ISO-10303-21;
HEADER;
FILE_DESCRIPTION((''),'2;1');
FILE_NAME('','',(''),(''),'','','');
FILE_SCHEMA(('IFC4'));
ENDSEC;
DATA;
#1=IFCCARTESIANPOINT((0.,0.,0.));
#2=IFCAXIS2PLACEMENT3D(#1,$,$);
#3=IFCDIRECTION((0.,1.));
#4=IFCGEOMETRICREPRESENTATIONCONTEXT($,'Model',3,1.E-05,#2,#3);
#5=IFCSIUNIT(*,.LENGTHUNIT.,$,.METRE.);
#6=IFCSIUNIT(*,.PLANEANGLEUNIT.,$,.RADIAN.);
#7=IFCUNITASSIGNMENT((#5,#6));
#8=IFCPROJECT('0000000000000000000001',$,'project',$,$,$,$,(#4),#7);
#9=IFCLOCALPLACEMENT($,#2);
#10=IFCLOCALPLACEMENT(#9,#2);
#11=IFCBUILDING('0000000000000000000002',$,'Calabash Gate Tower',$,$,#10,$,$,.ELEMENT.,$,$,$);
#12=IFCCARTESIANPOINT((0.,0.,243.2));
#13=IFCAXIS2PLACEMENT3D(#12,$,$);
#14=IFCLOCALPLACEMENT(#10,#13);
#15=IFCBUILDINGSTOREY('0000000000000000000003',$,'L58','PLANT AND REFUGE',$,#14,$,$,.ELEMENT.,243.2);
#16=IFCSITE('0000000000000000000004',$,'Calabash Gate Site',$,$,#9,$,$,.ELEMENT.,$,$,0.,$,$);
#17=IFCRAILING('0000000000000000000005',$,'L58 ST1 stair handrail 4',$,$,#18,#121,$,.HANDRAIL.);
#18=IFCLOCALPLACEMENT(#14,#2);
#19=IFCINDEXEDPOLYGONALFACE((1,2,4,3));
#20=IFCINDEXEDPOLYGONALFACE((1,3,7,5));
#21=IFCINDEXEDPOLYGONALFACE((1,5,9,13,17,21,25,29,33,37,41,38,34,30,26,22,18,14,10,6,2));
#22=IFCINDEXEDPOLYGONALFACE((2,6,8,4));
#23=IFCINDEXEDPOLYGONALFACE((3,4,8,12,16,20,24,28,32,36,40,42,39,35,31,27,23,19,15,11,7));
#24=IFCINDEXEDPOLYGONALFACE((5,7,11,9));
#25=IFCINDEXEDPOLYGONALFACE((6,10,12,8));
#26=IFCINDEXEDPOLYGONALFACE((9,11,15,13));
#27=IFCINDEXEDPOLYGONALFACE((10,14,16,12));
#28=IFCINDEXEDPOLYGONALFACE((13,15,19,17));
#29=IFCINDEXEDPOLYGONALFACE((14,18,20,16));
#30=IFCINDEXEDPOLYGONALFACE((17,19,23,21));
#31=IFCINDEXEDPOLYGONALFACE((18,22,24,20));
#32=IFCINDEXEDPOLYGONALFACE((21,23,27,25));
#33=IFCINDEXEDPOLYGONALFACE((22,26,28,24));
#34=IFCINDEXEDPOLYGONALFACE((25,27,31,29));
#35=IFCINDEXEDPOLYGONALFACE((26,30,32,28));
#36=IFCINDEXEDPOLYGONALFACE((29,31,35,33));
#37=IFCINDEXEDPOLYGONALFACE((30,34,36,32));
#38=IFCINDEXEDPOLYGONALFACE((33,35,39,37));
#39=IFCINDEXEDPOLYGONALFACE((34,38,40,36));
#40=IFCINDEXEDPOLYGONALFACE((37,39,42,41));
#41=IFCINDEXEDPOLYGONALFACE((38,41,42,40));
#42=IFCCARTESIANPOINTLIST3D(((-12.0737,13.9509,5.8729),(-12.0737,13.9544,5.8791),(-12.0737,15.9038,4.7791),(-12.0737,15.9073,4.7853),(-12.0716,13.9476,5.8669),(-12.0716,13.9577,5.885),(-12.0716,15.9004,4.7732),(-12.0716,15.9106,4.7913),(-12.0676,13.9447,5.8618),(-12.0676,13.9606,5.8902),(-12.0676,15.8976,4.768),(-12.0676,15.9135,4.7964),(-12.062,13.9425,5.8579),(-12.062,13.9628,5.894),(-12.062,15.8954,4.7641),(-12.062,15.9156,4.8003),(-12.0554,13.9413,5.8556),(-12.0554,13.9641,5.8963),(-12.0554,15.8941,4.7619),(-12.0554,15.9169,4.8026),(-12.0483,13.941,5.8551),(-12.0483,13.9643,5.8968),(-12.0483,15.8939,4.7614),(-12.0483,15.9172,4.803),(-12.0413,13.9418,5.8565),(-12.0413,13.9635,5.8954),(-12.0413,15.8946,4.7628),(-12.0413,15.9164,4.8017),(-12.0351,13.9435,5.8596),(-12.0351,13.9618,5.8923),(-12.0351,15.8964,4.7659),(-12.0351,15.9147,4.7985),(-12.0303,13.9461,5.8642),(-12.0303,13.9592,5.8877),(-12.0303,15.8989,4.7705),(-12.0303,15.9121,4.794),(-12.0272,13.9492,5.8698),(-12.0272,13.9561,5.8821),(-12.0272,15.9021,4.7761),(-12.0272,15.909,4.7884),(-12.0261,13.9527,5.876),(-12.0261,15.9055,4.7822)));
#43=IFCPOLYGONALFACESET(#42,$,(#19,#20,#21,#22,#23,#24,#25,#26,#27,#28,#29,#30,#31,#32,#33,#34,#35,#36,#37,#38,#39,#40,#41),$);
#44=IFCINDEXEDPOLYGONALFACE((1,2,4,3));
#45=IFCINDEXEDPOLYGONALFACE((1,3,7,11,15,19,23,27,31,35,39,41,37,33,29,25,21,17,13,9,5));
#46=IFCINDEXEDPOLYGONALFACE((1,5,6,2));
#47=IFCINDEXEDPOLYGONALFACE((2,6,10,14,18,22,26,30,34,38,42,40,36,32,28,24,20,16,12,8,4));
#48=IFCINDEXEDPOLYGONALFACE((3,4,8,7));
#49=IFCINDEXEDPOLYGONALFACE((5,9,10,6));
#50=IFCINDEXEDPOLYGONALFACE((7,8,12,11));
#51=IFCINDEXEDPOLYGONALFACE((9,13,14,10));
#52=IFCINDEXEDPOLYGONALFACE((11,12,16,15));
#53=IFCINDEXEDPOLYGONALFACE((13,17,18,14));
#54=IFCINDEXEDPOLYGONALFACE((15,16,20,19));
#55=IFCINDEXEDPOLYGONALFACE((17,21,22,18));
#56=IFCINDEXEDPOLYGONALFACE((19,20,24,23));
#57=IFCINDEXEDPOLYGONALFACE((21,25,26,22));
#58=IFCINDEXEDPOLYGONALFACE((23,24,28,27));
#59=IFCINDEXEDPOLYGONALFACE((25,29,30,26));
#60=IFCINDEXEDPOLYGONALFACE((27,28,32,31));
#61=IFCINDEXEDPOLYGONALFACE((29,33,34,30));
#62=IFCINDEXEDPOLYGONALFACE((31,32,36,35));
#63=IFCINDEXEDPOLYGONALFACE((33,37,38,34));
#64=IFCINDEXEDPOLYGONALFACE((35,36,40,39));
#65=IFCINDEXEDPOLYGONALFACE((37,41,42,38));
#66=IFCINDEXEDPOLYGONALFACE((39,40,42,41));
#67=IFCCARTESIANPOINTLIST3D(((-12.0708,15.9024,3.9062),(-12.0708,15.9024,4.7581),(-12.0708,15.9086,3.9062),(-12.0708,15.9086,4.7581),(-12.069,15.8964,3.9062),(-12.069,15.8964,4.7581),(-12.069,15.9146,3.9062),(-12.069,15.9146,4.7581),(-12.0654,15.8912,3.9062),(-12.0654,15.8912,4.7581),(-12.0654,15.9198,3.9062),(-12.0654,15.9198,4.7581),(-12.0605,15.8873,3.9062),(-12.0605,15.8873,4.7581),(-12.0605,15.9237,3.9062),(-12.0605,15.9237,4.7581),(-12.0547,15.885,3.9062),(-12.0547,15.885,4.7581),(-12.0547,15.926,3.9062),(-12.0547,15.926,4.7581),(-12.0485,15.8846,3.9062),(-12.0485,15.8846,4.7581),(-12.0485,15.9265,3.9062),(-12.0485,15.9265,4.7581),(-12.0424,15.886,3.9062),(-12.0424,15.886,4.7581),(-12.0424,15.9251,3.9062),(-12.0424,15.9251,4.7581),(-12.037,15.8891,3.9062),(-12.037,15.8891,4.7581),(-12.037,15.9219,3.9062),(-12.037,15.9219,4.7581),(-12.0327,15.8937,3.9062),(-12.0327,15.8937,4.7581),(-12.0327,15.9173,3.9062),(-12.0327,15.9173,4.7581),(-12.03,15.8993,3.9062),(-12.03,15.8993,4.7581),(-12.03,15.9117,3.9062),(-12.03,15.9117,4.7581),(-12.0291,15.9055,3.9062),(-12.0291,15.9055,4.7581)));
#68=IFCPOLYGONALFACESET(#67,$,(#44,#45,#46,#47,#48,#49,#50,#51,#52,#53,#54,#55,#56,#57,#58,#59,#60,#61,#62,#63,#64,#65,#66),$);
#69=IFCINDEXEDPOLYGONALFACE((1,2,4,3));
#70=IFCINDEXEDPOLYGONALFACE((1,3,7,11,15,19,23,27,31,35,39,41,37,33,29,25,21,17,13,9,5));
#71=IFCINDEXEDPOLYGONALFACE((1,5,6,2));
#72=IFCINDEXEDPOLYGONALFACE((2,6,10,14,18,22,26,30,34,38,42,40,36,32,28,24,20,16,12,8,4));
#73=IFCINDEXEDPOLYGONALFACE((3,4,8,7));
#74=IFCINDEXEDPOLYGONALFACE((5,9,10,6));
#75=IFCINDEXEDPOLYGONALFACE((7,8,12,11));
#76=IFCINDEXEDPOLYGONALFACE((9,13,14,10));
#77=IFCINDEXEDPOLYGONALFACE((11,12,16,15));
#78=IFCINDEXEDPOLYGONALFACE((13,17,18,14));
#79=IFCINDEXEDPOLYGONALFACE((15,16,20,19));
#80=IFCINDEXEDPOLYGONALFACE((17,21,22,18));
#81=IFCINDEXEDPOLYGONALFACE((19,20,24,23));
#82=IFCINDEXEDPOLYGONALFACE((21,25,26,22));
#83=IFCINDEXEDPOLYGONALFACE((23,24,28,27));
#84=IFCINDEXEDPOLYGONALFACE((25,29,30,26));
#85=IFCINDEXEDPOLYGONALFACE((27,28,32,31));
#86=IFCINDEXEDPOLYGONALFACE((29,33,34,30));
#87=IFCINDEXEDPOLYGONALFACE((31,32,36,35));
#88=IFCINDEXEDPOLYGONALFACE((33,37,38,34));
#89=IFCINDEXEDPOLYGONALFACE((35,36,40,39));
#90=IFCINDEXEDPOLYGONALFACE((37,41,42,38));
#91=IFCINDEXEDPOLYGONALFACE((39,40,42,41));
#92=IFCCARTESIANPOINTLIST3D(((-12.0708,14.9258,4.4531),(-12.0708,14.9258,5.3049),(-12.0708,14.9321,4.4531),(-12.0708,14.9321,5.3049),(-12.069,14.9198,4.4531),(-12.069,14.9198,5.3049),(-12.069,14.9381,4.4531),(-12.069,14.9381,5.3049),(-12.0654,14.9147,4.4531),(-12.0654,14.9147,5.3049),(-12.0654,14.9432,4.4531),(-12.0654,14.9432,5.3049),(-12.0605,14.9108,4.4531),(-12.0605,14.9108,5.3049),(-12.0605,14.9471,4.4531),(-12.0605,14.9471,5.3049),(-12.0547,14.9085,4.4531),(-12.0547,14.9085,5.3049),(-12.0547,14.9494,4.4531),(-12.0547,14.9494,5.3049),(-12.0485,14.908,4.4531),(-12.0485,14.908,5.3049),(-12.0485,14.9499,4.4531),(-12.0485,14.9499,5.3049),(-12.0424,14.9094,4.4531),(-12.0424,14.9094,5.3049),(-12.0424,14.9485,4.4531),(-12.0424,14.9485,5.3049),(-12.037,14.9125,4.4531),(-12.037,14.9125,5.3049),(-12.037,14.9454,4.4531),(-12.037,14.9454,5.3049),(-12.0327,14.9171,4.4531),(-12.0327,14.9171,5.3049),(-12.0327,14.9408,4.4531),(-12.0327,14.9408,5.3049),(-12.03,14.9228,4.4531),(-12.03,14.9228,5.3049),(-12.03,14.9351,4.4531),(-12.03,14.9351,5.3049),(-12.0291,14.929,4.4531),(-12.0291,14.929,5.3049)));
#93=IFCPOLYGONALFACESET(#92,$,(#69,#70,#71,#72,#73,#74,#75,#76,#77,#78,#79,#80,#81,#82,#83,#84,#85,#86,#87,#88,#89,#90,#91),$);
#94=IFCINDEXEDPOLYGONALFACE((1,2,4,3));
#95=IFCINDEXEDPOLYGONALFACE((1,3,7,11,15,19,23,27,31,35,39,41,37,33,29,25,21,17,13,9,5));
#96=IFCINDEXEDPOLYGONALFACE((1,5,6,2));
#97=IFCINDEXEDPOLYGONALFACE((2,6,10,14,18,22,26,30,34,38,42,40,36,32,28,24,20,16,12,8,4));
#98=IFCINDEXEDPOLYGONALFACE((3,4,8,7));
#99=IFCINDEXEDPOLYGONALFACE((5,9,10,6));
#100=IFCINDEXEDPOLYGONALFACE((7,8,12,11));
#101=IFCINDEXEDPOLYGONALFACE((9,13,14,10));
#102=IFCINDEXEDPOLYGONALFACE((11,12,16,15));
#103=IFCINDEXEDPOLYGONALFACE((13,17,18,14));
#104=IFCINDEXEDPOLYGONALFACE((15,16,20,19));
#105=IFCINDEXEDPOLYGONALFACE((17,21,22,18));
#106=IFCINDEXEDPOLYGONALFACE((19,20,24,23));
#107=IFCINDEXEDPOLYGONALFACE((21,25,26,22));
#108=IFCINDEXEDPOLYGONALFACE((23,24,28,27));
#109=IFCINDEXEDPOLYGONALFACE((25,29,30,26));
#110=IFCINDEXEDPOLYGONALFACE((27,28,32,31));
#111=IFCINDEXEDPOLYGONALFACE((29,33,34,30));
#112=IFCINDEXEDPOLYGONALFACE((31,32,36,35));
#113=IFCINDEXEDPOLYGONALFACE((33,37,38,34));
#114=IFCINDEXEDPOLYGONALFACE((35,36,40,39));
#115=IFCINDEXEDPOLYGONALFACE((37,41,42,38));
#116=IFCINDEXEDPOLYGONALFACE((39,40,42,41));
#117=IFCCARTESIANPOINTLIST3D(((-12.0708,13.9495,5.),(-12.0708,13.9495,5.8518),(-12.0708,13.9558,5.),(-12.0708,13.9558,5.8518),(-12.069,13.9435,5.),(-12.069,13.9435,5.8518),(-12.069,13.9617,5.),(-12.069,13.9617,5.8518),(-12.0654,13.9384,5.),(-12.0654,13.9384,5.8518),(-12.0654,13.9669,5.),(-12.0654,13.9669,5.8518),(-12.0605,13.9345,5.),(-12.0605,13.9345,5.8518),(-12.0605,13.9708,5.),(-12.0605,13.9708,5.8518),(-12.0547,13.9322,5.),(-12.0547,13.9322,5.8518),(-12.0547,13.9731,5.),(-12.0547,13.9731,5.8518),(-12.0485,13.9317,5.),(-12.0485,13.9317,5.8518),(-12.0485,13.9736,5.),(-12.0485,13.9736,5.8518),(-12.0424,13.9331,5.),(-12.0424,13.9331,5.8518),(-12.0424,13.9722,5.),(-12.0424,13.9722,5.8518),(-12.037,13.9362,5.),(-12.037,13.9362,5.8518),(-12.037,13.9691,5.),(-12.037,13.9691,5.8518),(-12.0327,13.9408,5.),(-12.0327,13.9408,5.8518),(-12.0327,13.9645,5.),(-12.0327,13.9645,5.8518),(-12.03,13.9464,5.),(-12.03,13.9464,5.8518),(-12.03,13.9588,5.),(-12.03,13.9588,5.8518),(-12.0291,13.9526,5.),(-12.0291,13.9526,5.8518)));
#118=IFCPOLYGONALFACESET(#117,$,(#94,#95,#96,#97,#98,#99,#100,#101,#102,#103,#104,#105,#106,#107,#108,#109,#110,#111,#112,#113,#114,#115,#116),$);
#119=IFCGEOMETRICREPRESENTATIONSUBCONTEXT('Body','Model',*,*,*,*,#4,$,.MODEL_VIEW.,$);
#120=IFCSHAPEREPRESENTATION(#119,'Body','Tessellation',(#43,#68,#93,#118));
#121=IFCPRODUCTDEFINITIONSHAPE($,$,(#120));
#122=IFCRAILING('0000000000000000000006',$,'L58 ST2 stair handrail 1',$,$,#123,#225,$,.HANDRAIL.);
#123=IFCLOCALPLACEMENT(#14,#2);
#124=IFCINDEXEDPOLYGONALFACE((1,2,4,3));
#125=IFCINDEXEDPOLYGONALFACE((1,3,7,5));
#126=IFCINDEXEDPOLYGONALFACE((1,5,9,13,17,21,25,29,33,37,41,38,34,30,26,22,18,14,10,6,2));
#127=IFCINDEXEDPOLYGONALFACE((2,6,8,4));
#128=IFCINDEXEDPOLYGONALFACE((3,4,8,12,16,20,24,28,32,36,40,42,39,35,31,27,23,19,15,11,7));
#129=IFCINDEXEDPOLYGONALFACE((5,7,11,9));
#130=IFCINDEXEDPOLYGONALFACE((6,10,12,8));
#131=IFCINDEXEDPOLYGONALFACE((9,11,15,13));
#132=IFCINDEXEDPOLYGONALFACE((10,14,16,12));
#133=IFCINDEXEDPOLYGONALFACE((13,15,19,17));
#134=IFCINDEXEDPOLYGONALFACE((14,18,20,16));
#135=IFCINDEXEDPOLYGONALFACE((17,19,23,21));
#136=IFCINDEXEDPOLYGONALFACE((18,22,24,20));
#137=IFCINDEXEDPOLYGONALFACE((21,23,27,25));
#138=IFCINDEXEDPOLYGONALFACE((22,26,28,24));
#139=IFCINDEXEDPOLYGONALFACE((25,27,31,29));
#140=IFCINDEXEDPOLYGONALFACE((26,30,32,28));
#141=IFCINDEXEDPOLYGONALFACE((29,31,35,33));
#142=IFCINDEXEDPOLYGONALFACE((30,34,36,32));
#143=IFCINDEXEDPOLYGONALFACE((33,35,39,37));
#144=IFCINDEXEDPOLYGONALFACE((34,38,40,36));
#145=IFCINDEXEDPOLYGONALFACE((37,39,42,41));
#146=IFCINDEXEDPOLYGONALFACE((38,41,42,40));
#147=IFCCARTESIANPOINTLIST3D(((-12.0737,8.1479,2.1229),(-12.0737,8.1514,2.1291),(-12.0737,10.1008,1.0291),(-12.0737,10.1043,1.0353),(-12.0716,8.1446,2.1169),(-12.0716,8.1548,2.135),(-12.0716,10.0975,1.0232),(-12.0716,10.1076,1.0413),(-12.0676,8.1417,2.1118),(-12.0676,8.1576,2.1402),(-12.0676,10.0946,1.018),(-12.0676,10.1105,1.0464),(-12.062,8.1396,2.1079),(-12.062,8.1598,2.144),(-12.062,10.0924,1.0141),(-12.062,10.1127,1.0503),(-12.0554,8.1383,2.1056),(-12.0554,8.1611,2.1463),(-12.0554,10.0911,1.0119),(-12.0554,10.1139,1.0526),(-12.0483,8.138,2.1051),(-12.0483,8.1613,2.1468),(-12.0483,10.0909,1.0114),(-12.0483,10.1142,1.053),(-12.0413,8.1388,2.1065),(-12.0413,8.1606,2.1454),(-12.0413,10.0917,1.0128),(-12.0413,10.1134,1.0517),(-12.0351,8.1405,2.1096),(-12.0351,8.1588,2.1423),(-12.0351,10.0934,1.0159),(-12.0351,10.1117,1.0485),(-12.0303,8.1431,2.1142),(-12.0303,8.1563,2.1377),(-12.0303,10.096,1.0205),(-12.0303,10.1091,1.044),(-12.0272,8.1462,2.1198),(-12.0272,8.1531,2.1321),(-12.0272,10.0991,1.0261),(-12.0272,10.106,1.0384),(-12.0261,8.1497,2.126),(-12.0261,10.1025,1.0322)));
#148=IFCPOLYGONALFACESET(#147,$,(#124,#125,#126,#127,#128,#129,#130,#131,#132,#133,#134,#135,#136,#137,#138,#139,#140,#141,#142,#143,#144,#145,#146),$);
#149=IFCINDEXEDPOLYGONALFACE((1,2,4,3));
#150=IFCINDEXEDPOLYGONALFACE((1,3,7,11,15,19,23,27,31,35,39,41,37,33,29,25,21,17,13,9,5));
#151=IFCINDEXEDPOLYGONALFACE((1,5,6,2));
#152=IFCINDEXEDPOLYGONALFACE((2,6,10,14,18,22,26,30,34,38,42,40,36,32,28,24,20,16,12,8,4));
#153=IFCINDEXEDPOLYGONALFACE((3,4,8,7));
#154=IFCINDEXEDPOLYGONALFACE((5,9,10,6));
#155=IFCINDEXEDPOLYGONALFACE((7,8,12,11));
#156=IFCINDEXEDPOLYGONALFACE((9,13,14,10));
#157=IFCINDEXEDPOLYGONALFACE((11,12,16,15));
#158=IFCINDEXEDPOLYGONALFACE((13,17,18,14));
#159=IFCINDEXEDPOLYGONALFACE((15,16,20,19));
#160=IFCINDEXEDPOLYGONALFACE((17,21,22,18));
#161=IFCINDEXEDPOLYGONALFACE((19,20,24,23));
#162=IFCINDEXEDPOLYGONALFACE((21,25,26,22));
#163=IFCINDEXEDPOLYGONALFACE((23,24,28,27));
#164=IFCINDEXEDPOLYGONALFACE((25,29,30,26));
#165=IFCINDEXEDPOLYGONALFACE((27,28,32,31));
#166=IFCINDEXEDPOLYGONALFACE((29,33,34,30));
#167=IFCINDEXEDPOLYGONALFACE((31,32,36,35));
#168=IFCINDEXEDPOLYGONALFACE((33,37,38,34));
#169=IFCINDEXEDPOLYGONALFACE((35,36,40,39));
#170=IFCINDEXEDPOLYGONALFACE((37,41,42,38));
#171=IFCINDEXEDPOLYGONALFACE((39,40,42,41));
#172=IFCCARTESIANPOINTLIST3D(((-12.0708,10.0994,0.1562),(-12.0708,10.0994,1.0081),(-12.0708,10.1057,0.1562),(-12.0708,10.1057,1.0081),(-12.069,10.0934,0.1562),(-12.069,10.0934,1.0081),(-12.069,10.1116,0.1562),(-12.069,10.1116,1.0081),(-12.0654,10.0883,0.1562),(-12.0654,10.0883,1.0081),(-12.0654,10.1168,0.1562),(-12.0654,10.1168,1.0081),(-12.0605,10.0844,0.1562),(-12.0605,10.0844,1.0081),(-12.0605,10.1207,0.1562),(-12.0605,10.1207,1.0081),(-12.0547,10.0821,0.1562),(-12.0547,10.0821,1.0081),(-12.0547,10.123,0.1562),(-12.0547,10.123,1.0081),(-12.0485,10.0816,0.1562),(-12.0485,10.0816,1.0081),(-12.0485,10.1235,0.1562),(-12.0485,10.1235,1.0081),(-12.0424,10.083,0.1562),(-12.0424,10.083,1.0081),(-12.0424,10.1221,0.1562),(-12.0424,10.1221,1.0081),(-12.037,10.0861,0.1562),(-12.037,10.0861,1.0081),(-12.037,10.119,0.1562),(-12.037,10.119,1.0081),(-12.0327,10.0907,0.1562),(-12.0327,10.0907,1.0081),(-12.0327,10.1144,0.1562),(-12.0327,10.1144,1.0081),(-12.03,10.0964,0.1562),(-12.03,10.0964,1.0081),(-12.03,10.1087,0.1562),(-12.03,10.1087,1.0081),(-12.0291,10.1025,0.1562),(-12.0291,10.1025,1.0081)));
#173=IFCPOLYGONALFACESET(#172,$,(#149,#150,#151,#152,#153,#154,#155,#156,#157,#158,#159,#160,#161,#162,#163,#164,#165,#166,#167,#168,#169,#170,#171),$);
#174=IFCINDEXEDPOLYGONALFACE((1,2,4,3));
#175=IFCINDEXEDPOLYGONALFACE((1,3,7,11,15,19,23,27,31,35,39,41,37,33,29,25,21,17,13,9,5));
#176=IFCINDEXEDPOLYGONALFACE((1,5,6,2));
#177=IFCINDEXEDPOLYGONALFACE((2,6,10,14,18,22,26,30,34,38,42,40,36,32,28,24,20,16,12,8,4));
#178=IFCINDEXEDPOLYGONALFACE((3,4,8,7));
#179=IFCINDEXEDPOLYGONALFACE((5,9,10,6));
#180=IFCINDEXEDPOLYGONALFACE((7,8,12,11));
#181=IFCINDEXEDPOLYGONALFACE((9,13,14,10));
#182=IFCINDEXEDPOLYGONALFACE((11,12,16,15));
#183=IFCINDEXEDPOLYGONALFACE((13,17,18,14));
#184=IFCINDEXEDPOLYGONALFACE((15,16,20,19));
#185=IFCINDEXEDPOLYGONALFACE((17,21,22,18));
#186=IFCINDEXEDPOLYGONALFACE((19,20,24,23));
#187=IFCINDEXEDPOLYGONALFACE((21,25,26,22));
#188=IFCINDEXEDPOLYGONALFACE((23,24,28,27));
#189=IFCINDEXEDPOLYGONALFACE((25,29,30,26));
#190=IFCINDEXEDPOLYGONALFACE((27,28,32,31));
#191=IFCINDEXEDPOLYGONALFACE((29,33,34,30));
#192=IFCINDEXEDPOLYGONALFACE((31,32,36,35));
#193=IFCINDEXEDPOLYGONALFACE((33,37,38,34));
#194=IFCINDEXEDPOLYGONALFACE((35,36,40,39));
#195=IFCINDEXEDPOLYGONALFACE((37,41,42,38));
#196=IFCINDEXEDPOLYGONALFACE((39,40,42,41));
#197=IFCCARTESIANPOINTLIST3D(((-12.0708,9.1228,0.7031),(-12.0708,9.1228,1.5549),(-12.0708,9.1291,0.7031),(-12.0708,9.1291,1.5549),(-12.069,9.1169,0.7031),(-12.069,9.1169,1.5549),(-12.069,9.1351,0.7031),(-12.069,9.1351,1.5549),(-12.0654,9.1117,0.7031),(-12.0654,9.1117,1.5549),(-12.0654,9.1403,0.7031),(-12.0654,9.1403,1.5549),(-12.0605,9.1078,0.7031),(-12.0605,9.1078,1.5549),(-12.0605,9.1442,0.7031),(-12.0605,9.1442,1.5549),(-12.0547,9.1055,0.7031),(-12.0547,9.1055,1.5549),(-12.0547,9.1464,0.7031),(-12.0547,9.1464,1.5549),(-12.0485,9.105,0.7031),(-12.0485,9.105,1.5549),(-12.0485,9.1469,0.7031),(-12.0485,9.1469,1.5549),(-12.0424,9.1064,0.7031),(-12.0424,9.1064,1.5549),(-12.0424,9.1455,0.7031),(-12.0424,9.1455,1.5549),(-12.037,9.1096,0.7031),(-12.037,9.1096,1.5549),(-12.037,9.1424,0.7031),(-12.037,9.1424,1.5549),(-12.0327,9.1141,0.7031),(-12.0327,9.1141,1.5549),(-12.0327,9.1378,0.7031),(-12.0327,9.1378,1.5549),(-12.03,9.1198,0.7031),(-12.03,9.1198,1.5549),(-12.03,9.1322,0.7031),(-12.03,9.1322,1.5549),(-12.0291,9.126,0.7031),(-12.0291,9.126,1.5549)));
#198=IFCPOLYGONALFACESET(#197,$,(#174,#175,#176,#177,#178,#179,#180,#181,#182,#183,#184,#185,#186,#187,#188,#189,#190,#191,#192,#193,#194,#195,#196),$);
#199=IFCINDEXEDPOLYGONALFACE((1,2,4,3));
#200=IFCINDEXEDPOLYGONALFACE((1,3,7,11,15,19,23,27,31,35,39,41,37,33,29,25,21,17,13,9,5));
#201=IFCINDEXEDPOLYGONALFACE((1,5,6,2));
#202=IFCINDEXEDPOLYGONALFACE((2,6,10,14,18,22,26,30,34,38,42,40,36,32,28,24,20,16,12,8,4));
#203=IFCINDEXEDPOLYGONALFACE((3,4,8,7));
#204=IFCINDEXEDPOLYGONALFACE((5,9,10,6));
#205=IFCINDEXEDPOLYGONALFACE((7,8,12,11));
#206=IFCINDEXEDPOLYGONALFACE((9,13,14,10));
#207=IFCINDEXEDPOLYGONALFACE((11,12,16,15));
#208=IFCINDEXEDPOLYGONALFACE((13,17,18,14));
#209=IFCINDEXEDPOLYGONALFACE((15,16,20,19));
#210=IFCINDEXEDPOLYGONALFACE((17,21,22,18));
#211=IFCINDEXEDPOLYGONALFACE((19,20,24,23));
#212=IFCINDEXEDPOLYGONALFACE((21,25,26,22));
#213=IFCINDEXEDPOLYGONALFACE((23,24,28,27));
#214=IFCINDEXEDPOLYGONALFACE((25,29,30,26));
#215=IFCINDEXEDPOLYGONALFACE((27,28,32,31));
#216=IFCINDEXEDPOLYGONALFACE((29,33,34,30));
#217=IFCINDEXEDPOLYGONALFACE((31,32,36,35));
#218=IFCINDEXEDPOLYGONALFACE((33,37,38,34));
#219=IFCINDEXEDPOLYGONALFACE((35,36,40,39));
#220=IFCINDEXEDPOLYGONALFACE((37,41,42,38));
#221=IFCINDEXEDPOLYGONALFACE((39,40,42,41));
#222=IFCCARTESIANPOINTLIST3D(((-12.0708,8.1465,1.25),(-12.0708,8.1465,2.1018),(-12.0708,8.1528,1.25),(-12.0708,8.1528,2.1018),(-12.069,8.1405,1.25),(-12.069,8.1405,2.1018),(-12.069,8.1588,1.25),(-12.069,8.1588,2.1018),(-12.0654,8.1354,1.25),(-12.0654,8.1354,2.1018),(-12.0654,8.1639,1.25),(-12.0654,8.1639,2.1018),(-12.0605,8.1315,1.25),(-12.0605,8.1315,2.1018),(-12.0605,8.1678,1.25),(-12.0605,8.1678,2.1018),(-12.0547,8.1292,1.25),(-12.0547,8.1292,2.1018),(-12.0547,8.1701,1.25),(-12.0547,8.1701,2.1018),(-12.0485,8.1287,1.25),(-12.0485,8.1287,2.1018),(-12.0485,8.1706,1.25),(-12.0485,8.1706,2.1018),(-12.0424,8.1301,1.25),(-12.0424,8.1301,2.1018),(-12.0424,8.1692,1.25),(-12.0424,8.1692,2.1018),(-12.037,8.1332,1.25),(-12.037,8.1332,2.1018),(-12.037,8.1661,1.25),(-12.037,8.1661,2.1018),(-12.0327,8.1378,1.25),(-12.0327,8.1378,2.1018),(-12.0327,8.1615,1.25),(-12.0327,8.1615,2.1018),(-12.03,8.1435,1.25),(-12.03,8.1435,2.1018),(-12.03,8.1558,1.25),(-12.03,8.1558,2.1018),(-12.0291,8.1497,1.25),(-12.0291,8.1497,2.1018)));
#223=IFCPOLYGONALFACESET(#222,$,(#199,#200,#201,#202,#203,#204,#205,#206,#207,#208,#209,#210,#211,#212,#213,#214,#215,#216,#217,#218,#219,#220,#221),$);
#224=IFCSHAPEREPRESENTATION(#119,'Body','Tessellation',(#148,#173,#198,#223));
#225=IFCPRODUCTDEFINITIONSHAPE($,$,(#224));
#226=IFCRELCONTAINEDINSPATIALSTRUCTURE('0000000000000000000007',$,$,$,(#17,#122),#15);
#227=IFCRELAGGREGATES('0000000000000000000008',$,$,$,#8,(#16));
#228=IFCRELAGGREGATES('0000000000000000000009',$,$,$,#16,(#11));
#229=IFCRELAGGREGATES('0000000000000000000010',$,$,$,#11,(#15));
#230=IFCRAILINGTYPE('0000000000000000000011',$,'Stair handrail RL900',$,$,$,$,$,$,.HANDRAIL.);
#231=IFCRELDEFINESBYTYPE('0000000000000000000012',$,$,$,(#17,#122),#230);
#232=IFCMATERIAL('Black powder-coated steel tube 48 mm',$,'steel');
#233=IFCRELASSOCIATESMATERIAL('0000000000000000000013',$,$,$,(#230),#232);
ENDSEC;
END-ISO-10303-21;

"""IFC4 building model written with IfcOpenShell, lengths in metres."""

from ifc_helpers import new_model, si_unit, direction, frame, origin, origin_2d, place, context, subcontext, project, spatial, circle, extrude, material, type_object, element, save


model = new_model("IFC4")

# Units and contexts
model_context = context("Model", 3, precision=1e-05, world=origin(), true_north=direction((0.0, 1.0)))
body_context = subcontext(model_context, "Body", "Model", "MODEL_VIEW")
ifc_project = project(units=[si_unit("LENGTHUNIT", "METRE"), si_unit("PLANEANGLEUNIT", "RADIAN")], contexts=[model_context])

# Site, building, storey
site_placement = place(None, origin())
site = spatial("IfcSite", under=ifc_project, at=site_placement, Name="Calabash Gate Site", CompositionType="ELEMENT", RefElevation=0.0)
building_placement = place(site_placement, origin())
building = spatial("IfcBuilding", under=site, at=building_placement, Name="Calabash Gate Tower", CompositionType="ELEMENT")
storey_placement = place(building_placement, frame((0.0, 0.0, 243.2)))
storey = spatial("IfcBuildingStorey", under=building, at=storey_placement, Name="L58", Description="PLANT AND REFUGE", CompositionType="ELEMENT", Elevation=243.2)

# Railings
ifc_material_1 = material(Name="Black powder-coated steel tube 48 mm", Category="steel")
railing_type_1 = type_object("IfcRailingType", Name="Stair handrail RL900", PredefinedType="HANDRAIL", material=ifc_material_1)
for number, where, name in (
    (1, (-12.05, 15.9055, 3.9062), "L58 ST1 stair handrail 4"),
    (2, (-12.05, 10.1025, 0.1562), "L58 ST2 stair handrail 1"),
):
    element("IfcRailing", number, at=place(storey_placement, frame(where)), inside=storey, type_object=railing_type_1, Name=name, PredefinedType="HANDRAIL", context=body_context, shape_type="SweptSolid", body=[
        extrude(circle(Radius=0.0239, at=origin_2d()), frame((0.0, 0.0, 0.876), z_axis=(0.0, -0.87248, 0.48865), x_axis=(1.0, 0.0, 0.0)), (0.0, 0.0, 1.0), 2.2383),
        extrude(circle(Radius=0.021, at=origin_2d()), origin(), (0.0, 0.0, 1.0), 0.8518),
        extrude(circle(Radius=0.021, at=origin_2d()), frame((0.0, -0.9766, 0.5469)), (0.0, 0.0, 1.0), 0.8518),
        extrude(circle(Radius=0.021, at=origin_2d()), frame((0.0, -1.9529, 1.0938)), (0.0, 0.0, 1.0), 0.8518),
    ])

save(model, "model.ifc")
